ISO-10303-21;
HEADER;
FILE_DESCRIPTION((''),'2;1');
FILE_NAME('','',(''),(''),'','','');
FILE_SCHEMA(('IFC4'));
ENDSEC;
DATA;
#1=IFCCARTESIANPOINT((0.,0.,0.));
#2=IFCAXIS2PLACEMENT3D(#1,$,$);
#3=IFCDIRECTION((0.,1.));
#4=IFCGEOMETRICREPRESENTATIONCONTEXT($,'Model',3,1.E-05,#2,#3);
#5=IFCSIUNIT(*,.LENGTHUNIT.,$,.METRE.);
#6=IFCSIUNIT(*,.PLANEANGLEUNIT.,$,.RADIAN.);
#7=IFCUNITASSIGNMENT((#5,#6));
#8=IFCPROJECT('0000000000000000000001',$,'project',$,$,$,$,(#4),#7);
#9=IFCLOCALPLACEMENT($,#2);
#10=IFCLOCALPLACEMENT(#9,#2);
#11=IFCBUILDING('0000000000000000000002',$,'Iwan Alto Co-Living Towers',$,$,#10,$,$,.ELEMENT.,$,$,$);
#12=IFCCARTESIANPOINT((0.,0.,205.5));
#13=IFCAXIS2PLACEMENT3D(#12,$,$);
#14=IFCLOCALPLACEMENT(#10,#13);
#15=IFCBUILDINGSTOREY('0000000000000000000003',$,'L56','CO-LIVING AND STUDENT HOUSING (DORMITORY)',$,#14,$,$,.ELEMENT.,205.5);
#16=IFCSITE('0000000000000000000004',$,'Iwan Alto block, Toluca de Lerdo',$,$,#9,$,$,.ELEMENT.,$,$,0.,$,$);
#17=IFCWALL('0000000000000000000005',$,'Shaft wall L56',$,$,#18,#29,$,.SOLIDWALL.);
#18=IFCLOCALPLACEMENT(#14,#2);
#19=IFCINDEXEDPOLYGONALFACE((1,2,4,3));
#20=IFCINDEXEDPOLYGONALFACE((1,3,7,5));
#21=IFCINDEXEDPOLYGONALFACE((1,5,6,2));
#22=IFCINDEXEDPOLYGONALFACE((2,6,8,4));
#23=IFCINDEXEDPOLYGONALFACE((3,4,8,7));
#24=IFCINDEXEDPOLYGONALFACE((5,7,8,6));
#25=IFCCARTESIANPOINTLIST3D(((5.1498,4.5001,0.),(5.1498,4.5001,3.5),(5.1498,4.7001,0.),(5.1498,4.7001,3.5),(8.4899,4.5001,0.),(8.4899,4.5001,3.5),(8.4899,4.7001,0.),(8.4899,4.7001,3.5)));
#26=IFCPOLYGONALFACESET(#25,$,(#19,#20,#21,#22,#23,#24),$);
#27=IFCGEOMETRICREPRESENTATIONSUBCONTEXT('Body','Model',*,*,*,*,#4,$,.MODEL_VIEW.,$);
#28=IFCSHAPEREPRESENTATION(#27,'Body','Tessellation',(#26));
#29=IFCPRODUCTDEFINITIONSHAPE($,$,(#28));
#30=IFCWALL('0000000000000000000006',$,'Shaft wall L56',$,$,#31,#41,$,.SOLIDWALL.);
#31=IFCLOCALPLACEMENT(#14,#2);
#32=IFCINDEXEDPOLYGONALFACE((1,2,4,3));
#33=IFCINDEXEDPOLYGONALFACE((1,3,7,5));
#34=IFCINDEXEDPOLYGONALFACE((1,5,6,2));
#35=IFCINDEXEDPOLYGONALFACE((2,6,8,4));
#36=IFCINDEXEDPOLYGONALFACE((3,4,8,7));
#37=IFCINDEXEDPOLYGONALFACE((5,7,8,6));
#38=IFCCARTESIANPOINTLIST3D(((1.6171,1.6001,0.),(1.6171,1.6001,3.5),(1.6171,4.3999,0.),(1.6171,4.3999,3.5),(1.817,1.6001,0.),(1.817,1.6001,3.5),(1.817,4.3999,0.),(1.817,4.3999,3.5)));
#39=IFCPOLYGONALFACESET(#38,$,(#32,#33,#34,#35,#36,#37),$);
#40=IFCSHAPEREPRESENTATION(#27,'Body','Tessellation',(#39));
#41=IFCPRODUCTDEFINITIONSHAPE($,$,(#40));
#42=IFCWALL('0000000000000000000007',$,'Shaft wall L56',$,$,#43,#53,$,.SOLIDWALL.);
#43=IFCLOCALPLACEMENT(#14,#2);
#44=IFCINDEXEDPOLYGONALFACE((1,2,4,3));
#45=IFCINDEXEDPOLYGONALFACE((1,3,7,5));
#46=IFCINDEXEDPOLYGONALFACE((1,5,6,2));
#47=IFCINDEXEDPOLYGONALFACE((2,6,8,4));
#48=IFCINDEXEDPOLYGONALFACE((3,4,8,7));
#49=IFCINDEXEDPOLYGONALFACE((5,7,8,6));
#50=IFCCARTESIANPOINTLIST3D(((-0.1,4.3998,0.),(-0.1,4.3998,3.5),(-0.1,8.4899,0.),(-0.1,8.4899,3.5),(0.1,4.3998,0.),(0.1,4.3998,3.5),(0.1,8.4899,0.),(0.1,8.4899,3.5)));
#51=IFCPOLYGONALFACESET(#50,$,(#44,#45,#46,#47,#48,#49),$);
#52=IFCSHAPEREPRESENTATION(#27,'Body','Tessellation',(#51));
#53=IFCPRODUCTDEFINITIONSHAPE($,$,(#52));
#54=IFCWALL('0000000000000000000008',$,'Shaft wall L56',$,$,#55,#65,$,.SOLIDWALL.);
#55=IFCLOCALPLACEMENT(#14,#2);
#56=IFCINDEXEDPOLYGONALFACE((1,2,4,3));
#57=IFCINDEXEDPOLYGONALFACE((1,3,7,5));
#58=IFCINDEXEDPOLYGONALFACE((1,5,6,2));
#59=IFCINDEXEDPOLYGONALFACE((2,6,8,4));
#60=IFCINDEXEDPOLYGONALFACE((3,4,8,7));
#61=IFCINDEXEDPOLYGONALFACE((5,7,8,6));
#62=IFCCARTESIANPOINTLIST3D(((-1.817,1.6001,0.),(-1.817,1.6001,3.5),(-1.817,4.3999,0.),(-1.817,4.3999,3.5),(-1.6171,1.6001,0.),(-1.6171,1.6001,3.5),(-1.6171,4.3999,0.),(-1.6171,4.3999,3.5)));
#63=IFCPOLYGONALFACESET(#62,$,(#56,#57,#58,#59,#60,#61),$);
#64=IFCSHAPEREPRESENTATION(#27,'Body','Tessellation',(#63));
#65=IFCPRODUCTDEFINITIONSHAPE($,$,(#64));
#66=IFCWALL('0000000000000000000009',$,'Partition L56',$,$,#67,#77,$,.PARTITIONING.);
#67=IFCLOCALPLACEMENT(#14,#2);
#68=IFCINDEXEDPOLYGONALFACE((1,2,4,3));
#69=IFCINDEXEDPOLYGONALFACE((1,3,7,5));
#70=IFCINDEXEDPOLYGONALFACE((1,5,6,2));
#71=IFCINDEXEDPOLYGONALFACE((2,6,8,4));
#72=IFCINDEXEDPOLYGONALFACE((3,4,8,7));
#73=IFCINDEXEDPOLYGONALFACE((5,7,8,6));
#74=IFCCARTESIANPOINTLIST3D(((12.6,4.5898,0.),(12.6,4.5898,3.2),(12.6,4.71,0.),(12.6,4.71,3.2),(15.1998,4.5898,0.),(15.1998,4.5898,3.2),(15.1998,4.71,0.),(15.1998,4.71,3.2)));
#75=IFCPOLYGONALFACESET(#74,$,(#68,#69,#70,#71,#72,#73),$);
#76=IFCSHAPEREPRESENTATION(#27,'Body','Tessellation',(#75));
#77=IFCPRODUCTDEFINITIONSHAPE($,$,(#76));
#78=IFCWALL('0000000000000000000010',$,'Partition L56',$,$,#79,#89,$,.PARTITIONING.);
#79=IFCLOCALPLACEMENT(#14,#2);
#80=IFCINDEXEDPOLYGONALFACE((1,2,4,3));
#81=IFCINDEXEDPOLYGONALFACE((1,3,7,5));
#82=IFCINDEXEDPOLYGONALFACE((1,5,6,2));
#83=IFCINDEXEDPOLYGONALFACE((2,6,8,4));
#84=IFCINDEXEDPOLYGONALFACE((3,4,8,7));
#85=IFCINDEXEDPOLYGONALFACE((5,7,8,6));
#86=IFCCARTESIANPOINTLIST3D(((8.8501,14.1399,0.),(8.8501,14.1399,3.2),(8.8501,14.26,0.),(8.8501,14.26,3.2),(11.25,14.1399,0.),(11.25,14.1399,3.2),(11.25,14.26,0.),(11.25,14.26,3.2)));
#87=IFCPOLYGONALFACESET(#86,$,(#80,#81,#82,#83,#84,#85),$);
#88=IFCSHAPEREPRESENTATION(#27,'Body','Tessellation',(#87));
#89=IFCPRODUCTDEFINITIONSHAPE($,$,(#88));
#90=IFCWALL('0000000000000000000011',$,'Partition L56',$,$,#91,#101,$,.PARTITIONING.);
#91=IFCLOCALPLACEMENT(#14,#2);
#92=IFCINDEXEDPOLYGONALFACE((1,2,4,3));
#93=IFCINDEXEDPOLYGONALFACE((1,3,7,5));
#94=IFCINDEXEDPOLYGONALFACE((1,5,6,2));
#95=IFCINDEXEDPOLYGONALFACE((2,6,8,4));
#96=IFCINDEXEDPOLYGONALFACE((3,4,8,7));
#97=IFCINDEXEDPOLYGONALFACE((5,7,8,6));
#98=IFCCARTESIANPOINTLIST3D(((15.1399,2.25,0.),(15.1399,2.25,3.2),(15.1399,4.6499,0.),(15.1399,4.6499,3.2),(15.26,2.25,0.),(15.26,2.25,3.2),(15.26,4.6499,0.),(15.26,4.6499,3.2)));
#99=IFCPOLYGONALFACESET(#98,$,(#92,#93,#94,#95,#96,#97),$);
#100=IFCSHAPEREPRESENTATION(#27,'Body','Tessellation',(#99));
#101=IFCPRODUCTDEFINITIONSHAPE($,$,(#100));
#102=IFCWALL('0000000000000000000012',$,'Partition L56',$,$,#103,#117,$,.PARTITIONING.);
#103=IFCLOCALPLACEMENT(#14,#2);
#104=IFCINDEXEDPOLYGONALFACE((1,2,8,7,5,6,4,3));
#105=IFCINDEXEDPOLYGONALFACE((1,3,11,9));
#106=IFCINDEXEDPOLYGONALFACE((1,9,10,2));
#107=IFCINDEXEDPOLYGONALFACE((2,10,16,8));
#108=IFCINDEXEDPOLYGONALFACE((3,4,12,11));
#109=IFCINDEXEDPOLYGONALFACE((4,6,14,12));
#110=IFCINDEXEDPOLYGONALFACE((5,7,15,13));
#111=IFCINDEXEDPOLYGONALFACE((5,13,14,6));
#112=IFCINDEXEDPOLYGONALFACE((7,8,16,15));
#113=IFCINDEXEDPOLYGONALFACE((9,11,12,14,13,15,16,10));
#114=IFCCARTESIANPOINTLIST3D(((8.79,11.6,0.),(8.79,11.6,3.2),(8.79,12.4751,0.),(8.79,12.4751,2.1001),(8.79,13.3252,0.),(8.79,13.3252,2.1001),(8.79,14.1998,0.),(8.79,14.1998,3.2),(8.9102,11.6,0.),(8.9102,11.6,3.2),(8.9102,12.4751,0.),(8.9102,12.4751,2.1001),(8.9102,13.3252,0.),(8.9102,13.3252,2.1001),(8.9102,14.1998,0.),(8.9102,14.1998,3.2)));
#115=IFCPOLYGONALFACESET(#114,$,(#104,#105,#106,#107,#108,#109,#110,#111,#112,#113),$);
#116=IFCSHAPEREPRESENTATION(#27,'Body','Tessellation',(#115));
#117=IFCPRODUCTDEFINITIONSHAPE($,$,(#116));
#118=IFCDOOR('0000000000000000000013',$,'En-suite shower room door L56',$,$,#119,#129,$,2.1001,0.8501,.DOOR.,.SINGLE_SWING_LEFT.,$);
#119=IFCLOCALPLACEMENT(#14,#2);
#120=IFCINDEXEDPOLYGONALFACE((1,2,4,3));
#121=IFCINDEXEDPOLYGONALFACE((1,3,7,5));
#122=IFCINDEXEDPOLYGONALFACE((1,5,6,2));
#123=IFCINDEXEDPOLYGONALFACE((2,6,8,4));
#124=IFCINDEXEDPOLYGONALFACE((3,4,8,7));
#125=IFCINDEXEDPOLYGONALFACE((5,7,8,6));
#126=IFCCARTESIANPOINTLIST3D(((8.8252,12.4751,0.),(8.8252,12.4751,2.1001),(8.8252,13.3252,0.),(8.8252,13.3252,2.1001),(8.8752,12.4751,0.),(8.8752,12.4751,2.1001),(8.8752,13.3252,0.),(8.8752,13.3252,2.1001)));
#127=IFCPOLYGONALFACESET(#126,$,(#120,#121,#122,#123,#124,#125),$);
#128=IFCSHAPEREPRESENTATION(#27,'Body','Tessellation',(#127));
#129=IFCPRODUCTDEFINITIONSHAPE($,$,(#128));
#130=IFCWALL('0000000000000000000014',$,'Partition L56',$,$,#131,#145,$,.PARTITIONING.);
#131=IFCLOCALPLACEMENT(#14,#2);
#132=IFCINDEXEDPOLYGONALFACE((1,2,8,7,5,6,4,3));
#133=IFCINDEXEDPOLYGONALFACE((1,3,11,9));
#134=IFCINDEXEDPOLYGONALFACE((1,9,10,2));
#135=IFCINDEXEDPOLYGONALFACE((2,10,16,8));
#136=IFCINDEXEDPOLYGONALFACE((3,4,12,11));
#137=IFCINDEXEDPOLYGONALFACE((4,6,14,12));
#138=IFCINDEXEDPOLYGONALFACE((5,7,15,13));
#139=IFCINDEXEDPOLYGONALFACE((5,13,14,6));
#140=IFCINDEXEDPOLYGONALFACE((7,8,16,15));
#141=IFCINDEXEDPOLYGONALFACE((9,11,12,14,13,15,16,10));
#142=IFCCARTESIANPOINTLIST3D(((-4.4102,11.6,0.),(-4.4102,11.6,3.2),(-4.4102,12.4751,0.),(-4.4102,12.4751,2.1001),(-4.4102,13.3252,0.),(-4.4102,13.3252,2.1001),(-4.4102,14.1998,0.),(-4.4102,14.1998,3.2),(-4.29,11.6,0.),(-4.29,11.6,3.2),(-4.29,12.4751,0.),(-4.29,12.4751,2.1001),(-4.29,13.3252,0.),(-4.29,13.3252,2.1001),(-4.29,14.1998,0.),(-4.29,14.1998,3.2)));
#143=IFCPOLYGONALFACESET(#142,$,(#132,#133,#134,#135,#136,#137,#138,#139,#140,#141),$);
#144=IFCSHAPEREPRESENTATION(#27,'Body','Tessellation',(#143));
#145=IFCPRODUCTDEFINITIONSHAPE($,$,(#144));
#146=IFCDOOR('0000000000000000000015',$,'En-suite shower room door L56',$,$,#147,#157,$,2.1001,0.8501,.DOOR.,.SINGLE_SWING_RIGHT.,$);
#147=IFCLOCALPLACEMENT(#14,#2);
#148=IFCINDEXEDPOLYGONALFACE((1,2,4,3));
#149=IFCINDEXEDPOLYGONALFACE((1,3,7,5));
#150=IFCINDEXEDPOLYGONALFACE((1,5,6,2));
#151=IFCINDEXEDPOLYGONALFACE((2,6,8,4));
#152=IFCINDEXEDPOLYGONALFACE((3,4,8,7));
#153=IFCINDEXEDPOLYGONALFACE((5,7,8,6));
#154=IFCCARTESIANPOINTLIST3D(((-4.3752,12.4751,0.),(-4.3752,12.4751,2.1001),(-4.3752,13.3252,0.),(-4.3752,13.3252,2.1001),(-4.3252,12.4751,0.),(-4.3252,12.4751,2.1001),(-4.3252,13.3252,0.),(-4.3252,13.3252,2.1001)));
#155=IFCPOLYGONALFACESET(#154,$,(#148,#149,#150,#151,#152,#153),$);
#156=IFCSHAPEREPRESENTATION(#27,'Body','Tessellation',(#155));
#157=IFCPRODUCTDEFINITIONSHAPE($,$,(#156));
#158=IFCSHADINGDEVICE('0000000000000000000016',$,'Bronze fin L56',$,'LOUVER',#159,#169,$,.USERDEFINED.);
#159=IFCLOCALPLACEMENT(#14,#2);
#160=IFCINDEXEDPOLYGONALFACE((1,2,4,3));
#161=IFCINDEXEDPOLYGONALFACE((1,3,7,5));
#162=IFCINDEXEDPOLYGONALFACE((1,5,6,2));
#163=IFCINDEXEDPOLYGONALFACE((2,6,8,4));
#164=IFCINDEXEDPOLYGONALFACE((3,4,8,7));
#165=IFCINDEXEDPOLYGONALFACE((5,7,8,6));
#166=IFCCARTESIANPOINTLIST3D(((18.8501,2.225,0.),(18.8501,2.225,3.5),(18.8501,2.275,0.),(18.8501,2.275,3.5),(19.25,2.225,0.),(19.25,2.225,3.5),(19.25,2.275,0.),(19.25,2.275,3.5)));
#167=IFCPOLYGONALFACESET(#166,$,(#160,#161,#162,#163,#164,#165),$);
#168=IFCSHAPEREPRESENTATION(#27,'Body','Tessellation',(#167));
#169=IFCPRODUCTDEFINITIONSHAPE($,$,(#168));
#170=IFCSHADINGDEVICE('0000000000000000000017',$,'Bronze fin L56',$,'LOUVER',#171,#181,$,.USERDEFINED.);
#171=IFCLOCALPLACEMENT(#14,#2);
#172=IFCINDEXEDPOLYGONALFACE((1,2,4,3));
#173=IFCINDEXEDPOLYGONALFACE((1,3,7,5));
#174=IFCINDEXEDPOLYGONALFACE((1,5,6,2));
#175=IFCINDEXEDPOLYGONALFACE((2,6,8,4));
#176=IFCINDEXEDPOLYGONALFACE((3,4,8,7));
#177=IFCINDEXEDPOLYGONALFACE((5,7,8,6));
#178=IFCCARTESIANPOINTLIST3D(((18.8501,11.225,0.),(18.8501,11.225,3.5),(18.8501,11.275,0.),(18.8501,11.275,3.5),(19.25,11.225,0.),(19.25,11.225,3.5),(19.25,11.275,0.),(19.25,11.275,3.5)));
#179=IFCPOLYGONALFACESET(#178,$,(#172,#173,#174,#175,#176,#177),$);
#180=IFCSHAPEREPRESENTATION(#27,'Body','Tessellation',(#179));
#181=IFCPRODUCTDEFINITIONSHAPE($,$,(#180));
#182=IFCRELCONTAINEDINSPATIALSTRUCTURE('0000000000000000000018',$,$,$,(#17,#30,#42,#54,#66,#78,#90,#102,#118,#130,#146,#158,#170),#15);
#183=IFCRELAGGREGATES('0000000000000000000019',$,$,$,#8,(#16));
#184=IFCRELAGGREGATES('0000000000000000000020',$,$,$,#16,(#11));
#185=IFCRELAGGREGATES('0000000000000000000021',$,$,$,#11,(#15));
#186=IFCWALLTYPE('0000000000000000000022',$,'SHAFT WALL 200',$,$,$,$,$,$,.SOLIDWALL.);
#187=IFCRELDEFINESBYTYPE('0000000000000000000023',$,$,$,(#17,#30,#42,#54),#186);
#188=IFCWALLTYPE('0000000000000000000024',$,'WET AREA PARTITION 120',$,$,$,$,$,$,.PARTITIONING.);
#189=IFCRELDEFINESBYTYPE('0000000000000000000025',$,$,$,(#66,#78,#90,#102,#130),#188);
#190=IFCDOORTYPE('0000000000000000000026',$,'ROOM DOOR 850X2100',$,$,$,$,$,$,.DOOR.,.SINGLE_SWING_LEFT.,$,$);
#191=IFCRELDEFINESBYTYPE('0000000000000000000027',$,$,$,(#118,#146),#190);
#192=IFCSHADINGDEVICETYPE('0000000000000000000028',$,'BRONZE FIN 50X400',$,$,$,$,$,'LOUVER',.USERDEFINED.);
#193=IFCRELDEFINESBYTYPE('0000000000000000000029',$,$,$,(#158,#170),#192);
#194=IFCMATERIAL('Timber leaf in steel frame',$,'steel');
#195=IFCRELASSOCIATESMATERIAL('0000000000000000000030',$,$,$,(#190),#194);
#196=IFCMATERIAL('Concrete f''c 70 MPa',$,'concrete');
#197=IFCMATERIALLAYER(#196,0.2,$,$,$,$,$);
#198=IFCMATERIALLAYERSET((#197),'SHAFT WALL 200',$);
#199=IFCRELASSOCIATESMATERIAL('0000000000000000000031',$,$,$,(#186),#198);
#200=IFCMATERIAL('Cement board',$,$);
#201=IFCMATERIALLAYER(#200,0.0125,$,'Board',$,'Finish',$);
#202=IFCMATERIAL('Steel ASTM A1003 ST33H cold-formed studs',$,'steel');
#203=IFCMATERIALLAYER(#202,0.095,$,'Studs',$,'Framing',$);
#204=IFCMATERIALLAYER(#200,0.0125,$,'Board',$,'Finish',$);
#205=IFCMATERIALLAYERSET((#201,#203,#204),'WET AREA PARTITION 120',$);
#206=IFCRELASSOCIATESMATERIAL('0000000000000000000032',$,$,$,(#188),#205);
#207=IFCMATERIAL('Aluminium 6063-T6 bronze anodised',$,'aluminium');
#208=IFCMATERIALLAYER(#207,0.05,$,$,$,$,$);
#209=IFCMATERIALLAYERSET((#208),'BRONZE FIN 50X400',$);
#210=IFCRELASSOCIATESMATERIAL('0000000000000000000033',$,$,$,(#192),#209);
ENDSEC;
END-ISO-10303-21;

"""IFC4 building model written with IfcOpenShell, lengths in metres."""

from ifc_helpers import new_model, si_unit, direction, frame, frame_2d, origin, origin_2d, place, context, subcontext, project, spatial, rectangle, extrude, material, layer, layer_set, type_object, element, fill, save


model = new_model("IFC4")

# Units and contexts
model_context = context("Model", 3, precision=1e-05, world=origin(), true_north=direction((0.0, 1.0)))
body_context = subcontext(model_context, "Body", "Model", "MODEL_VIEW")
ifc_project = project(units=[si_unit("LENGTHUNIT", "METRE"), si_unit("PLANEANGLEUNIT", "RADIAN")], contexts=[model_context])

# Site, building, storey
site_placement = place(None, origin())
site = spatial("IfcSite", under=ifc_project, at=site_placement, Name="Iwan Alto block, Toluca de Lerdo", CompositionType="ELEMENT", RefElevation=0.0)
building_placement = place(site_placement, origin())
building = spatial("IfcBuilding", under=site, at=building_placement, Name="Iwan Alto Co-Living Towers", CompositionType="ELEMENT")
storey_placement = place(building_placement, frame((0.0, 0.0, 205.5)))
storey = spatial("IfcBuildingStorey", under=building, at=storey_placement, Name="L56", Description="CO-LIVING AND STUDENT HOUSING (DORMITORY)", CompositionType="ELEMENT", Elevation=205.5)

# Shared definitions
ifc_material_1 = material(Name="Steel ASTM A1003 ST33H cold-formed studs", Category="steel")

# Shared definitions
ifc_material_2 = material(Name="Timber leaf in steel frame", Category="steel")
door_type_1 = type_object("IfcDoorType", Name="ROOM DOOR 850X2100", OperationType="SINGLE_SWING_LEFT", PredefinedType="DOOR", material=ifc_material_2)

# Walls
ifc_material_3 = material(Name="Concrete f'c 70 MPa", Category="concrete")
ifc_layer_1 = layer(ifc_material_3, 0.2)
ifc_layer_set_1 = layer_set([ifc_layer_1], Name="SHAFT WALL 200")
wall_type_1 = type_object("IfcWallType", Name="SHAFT WALL 200", PredefinedType="SOLIDWALL", material=ifc_layer_set_1)
wall_1_placement = place(storey_placement, frame((5.1499, 4.6001, 0.0), z_axis=(0.0, 0.0, 1.0), x_axis=(1.0, 0.0, 0.0)))
element("IfcWall", 1, at=wall_1_placement, inside=storey, type_object=wall_type_1, Name="Shaft wall L56", PredefinedType="SOLIDWALL", context=body_context, shape_type="SweptSolid", body=[
    extrude(rectangle(XDim=3.3401, YDim=0.2, at=frame_2d((1.6699, 0.0))), origin(), (0.0, 0.0, 1.0), 3.5),
])
wall_2_placement = place(storey_placement, frame((1.717, 1.6001, 0.0), z_axis=(0.0, 0.0, 1.0), x_axis=(0.0, 1.0, 0.0)))
element("IfcWall", 2, at=wall_2_placement, inside=storey, type_object=wall_type_1, Name="Shaft wall L56", PredefinedType="SOLIDWALL", context=body_context, shape_type="SweptSolid", body=[
    extrude(rectangle(XDim=2.7998, YDim=0.2, at=frame_2d((1.3999, 0.0))), origin(), (0.0, 0.0, 1.0), 3.5),
])
wall_3_placement = place(storey_placement, frame((0.0, 4.3999, 0.0), z_axis=(0.0, 0.0, 1.0), x_axis=(0.0, 1.0, 0.0)))
element("IfcWall", 3, at=wall_3_placement, inside=storey, type_object=wall_type_1, Name="Shaft wall L56", PredefinedType="SOLIDWALL", context=body_context, shape_type="SweptSolid", body=[
    extrude(rectangle(XDim=4.0901, YDim=0.2, at=frame_2d((2.0449, 0.0))), origin(), (0.0, 0.0, 1.0), 3.5),
])
wall_4_placement = place(storey_placement, frame((-1.717, 1.6001, 0.0), z_axis=(0.0, 0.0, 1.0), x_axis=(0.0, 1.0, 0.0)))
element("IfcWall", 4, at=wall_4_placement, inside=storey, type_object=wall_type_1, Name="Shaft wall L56", PredefinedType="SOLIDWALL", context=body_context, shape_type="SweptSolid", body=[
    extrude(rectangle(XDim=2.7998, YDim=0.2, at=frame_2d((1.3999, 0.0))), origin(), (0.0, 0.0, 1.0), 3.5),
])
ifc_material_4 = material(Name="Cement board")
ifc_layer_2 = layer(ifc_material_4, 0.0125, Name="Board", Category="Finish")
ifc_layer_3 = layer(ifc_material_1, 0.095, Name="Studs", Category="Framing")
ifc_layer_4 = layer(ifc_material_4, 0.0125, Name="Board", Category="Finish")
ifc_layer_set_2 = layer_set([ifc_layer_2, ifc_layer_3, ifc_layer_4], Name="WET AREA PARTITION 120")
wall_type_2 = type_object("IfcWallType", Name="WET AREA PARTITION 120", PredefinedType="PARTITIONING", material=ifc_layer_set_2)
wall_5_placement = place(storey_placement, frame((12.6001, 4.6499, 0.0), z_axis=(0.0, 0.0, 1.0), x_axis=(1.0, 0.0, 0.0)))
element("IfcWall", 5, at=wall_5_placement, inside=storey, type_object=wall_type_2, Name="Partition L56", PredefinedType="PARTITIONING", context=body_context, shape_type="SweptSolid", body=[
    extrude(rectangle(XDim=2.5999, YDim=0.1201, at=frame_2d((1.2998, 0.0))), origin(), (0.0, 0.0, 1.0), 3.2),
])
for number, where, z_axis, x_axis, name in (
    (6, (8.8501, 14.2, 0.0), (0.0, 0.0, 1.0), (1.0, 0.0, 0.0), "Partition L56"),
    (7, (15.2, 2.25, 0.0), (0.0, 0.0, 1.0), (0.0, 1.0, 0.0), "Partition L56"),
):
    element("IfcWall", number, at=place(storey_placement, frame(where, z_axis=z_axis, x_axis=x_axis)), inside=storey, type_object=wall_type_2, Name=name, PredefinedType="PARTITIONING", context=body_context, shape_type="SweptSolid", body=[
        extrude(rectangle(XDim=2.3999, YDim=0.1201, at=frame_2d((1.2, 0.0))), origin(), (0.0, 0.0, 1.0), 3.2),
    ])

# Walls, openings, doors
wall_6_placement = place(storey_placement, frame((8.8501, 11.6001, 0.0), z_axis=(0.0, 0.0, 1.0), x_axis=(0.0, 1.0, 0.0)))
wall_6 = element("IfcWall", 8, at=wall_6_placement, inside=storey, type_object=wall_type_2, Name="Partition L56", PredefinedType="PARTITIONING", context=body_context, shape_type="SweptSolid", body=[
    extrude(rectangle(XDim=2.5999, YDim=0.1201, at=frame_2d((1.2998, 0.0))), origin(), (0.0, 0.0, 1.0), 3.2),
])
opening_1_placement = place(wall_6_placement, frame((0.875, 0.0, 0.0)))
opening_1 = element("IfcOpeningElement", 9, at=opening_1_placement, cuts=wall_6, PredefinedType="OPENING", context=body_context, shape_type="SweptSolid", body=[
    extrude(rectangle(XDim=0.8501, YDim=2.1001, at=frame_2d((0.425, 1.05))), frame((0.0, 0.0701, 0.0), z_axis=(0.0, -1.0, 0.0), x_axis=(1.0, 0.0, 0.0)), (0.0, 0.0, 1.0), 0.1401),
])
door_1_placement = place(opening_1_placement, origin())
door_1 = element("IfcDoor", 10, at=door_1_placement, inside=storey, type_object=door_type_1, Name="En-suite shower room door L56", OperationType="SINGLE_SWING_LEFT", OverallHeight=2.1001, OverallWidth=0.8501, PredefinedType="DOOR", context=body_context, shape_type="SweptSolid", body=[
    extrude(rectangle(XDim=0.8501, YDim=2.1001, at=frame_2d((0.425, 1.05))), frame((0.0, 0.0249, 0.0), z_axis=(0.0, -1.0, 0.0), x_axis=(1.0, 0.0, 0.0)), (0.0, 0.0, 1.0), 0.05),
])
fill(opening_1, door_1)
wall_7_placement = place(storey_placement, frame((-4.3501, 11.6001, 0.0), z_axis=(0.0, 0.0, 1.0), x_axis=(0.0, 1.0, 0.0)))
wall_7 = element("IfcWall", 11, at=wall_7_placement, inside=storey, type_object=wall_type_2, Name="Partition L56", PredefinedType="PARTITIONING", context=body_context, shape_type="SweptSolid", body=[
    extrude(rectangle(XDim=2.5999, YDim=0.1201, at=frame_2d((1.2998, 0.0))), origin(), (0.0, 0.0, 1.0), 3.2),
])
opening_2_placement = place(wall_7_placement, frame((0.875, 0.0, 0.0)))
opening_2 = element("IfcOpeningElement", 12, at=opening_2_placement, cuts=wall_7, PredefinedType="OPENING", context=body_context, shape_type="SweptSolid", body=[
    extrude(rectangle(XDim=0.8501, YDim=2.1001, at=frame_2d((0.425, 1.05))), frame((0.0, 0.0701, 0.0), z_axis=(0.0, -1.0, 0.0), x_axis=(1.0, 0.0, 0.0)), (0.0, 0.0, 1.0), 0.1401),
])
door_2_placement = place(opening_2_placement, frame((0.8501, 0.0, 0.0), z_axis=(0.0, 0.0, 1.0), x_axis=(-1.0, 0.0, 0.0)))
door_2 = element("IfcDoor", 13, at=door_2_placement, inside=storey, type_object=door_type_1, Name="En-suite shower room door L56", OperationType="SINGLE_SWING_RIGHT", OverallHeight=2.1001, OverallWidth=0.8501, PredefinedType="DOOR", context=body_context, shape_type="SweptSolid", body=[
    extrude(rectangle(XDim=0.8501, YDim=2.1001, at=frame_2d((0.425, 1.05))), frame((0.0, 0.0249, 0.0), z_axis=(0.0, -1.0, 0.0), x_axis=(1.0, 0.0, 0.0)), (0.0, 0.0, 1.0), 0.05),
])
fill(opening_2, door_2)

# Shading devices
ifc_material_5 = material(Name="Aluminium 6063-T6 bronze anodised", Category="aluminium")
ifc_layer_5 = layer(ifc_material_5, 0.05)
ifc_layer_set_3 = layer_set([ifc_layer_5], Name="BRONZE FIN 50X400")
shading_device_type = type_object("IfcShadingDeviceType", Name="BRONZE FIN 50X400", ElementType="LOUVER", PredefinedType="USERDEFINED", material=ifc_layer_set_3)
for number, where, z_axis, x_axis, name in (
    (14, (19.05, 2.25, 0.0), (0.0, 0.0, 1.0), (0.0, 1.0, 0.0), "Bronze fin L56"),
    (15, (19.05, 11.25, 0.0), (0.0, 0.0, 1.0), (0.0, 1.0, 0.0), "Bronze fin L56"),
):
    element("IfcShadingDevice", number, at=place(storey_placement, frame(where, z_axis=z_axis, x_axis=x_axis)), inside=storey, type_object=shading_device_type, Name=name, ObjectType="LOUVER", PredefinedType="USERDEFINED", context=body_context, shape_type="SweptSolid", body=[
        extrude(rectangle(XDim=0.05, YDim=0.3999, at=origin_2d()), origin(), (0.0, 0.0, 1.0), 3.5),
    ])

save(model, "model.ifc")
